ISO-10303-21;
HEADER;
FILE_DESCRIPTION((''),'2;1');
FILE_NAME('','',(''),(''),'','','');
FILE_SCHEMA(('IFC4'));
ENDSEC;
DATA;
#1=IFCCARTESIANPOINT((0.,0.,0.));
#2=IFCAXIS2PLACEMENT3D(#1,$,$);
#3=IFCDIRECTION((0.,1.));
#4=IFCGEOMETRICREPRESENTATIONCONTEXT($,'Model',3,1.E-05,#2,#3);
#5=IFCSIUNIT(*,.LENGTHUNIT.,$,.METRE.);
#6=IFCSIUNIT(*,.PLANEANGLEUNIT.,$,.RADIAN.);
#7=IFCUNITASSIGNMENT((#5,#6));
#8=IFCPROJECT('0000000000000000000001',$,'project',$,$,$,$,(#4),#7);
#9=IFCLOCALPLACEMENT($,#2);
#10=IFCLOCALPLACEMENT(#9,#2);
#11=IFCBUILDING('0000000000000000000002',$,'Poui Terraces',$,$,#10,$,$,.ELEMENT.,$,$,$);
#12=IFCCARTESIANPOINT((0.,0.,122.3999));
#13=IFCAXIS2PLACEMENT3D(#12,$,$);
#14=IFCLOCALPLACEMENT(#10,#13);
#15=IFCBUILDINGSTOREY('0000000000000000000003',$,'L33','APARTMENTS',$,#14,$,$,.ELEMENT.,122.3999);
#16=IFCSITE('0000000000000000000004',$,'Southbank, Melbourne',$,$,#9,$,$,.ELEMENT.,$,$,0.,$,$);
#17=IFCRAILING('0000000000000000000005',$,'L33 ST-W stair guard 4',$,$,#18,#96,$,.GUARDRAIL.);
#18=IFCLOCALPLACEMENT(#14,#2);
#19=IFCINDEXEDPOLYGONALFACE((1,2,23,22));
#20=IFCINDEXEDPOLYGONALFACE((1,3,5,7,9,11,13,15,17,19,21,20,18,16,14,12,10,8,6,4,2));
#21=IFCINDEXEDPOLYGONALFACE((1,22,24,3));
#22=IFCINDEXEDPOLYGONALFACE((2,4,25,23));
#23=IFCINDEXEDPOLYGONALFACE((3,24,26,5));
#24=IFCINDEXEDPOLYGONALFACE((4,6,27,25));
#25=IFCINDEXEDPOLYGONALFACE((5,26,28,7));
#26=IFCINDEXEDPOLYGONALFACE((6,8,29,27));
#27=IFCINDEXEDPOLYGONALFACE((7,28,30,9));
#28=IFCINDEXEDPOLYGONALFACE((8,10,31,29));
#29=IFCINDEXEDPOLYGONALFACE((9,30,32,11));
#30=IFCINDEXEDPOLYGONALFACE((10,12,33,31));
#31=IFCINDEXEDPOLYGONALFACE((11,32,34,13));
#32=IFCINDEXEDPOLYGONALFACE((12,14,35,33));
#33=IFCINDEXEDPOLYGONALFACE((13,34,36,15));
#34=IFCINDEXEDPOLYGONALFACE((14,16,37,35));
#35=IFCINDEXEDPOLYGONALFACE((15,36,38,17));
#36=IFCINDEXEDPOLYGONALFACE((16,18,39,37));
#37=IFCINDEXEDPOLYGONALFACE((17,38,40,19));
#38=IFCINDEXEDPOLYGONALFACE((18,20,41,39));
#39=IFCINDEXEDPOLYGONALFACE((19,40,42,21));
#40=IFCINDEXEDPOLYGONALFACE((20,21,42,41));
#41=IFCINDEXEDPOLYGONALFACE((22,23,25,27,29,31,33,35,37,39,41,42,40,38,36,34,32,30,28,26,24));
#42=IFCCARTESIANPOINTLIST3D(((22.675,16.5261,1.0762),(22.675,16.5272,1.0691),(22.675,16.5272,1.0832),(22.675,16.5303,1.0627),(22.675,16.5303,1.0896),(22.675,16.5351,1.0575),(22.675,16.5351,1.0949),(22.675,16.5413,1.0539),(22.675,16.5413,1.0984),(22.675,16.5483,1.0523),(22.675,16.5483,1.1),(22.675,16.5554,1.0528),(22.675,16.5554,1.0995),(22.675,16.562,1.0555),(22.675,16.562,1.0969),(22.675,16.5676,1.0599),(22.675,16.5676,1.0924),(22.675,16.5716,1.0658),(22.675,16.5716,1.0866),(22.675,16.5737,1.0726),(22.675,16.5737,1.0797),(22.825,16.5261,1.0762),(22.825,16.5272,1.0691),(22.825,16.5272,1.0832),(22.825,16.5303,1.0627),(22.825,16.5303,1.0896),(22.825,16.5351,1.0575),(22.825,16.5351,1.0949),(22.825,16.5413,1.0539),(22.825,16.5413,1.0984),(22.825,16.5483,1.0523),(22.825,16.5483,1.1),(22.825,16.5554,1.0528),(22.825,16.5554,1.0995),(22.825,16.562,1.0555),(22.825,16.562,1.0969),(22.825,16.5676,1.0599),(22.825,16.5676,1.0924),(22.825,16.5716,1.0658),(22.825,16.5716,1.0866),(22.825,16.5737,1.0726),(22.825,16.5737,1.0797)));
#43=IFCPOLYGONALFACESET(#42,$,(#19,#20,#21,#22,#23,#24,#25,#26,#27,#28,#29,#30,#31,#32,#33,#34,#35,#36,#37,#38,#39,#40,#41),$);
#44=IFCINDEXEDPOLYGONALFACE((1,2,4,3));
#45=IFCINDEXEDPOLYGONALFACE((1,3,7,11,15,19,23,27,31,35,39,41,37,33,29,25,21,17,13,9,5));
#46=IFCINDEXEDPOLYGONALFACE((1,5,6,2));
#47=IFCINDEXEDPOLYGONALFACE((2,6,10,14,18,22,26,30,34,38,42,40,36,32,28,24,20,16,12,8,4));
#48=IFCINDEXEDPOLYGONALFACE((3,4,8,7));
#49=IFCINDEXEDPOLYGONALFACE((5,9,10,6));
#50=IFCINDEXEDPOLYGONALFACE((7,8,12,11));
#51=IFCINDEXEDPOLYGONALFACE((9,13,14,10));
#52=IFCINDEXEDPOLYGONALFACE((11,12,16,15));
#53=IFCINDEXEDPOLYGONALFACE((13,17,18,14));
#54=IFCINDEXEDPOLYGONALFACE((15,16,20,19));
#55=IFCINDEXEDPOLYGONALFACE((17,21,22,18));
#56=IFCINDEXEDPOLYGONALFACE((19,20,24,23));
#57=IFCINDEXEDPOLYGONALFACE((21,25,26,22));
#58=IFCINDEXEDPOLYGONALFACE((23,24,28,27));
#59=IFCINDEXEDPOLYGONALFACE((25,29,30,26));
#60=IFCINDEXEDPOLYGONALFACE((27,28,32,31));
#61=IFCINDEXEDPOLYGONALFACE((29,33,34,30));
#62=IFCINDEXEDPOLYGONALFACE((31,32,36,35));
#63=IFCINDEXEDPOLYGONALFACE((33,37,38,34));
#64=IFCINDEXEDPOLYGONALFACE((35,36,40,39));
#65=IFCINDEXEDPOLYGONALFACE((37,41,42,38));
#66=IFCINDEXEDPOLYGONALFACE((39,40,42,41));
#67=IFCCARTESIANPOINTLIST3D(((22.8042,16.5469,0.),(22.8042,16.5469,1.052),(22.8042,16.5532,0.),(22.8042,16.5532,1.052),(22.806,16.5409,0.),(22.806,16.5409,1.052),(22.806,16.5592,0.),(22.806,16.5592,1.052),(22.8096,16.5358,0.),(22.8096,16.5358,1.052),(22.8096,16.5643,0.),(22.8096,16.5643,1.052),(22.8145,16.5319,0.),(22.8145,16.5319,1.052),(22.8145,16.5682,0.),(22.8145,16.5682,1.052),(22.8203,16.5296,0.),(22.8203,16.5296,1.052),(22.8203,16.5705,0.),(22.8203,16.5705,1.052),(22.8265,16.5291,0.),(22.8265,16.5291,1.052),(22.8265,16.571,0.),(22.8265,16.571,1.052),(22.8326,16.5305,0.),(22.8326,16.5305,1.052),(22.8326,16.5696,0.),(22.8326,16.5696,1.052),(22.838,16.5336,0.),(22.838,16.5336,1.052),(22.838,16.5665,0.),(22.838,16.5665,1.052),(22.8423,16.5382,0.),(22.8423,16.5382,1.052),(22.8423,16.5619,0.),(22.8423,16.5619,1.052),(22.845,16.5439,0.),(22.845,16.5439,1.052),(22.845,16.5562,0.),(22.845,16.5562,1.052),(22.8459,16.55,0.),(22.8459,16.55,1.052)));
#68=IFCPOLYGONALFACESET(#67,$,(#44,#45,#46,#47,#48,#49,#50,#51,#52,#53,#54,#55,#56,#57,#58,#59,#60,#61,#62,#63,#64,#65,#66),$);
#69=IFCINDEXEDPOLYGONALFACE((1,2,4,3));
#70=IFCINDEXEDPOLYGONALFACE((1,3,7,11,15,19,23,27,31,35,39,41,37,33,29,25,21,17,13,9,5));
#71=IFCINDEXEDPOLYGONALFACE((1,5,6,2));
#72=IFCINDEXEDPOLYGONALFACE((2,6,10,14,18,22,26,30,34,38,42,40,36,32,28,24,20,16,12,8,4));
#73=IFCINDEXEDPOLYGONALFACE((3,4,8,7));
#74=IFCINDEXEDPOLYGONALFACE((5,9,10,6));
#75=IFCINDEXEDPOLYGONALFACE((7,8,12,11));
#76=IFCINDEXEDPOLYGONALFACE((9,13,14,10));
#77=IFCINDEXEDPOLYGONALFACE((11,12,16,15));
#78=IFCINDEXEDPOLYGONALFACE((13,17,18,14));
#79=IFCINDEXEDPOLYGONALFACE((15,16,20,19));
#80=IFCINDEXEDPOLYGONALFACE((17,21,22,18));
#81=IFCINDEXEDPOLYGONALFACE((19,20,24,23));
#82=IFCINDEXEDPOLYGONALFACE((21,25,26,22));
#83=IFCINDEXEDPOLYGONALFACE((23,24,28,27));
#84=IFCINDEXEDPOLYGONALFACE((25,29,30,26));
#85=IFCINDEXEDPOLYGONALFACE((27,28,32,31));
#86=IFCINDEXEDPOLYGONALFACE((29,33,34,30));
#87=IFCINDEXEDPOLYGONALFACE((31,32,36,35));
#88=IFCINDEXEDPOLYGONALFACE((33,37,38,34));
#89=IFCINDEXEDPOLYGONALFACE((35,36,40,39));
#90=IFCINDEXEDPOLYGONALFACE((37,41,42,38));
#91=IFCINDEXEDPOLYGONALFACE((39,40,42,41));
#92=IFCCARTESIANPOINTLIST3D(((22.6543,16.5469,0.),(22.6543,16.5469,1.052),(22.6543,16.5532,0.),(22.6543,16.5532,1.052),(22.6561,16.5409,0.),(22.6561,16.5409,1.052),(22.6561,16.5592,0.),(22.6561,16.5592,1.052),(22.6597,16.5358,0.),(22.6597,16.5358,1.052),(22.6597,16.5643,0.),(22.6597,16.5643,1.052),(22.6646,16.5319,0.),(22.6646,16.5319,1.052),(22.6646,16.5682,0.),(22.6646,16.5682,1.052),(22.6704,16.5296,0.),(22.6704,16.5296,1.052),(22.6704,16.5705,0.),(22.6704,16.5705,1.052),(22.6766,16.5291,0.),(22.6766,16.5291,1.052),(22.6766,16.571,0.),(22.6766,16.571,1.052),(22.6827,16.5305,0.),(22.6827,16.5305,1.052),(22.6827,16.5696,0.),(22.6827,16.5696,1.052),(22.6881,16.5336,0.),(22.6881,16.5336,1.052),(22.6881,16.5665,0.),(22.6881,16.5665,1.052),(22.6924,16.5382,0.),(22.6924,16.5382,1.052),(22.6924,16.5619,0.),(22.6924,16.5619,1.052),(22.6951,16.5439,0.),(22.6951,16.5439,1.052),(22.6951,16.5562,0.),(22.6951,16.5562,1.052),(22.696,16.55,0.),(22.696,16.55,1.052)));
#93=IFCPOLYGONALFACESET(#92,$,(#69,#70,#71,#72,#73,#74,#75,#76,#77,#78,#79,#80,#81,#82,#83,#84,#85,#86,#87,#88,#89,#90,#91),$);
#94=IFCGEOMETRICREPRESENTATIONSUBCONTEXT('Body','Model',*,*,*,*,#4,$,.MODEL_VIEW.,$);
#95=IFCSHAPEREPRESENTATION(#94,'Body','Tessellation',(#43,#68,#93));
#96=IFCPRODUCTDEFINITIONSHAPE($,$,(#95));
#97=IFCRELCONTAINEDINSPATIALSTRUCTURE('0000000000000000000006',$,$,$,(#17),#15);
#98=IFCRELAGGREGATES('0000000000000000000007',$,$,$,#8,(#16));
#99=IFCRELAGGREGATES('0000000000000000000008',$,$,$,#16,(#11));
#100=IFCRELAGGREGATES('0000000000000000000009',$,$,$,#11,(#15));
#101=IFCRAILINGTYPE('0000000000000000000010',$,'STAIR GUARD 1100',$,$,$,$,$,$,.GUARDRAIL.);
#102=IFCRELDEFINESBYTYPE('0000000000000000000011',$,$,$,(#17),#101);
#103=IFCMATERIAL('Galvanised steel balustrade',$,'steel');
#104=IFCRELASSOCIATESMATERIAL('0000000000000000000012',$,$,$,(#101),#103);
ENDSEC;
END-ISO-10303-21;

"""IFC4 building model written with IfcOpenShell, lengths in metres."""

from ifc_helpers import new_model, si_unit, direction, frame, origin, origin_2d, place, context, subcontext, project, spatial, circle, extrude, material, type_object, element, save


model = new_model("IFC4")

# Units and contexts
model_context = context("Model", 3, precision=1e-05, world=origin(), true_north=direction((0.0, 1.0)))
body_context = subcontext(model_context, "Body", "Model", "MODEL_VIEW")
ifc_project = project(units=[si_unit("LENGTHUNIT", "METRE"), si_unit("PLANEANGLEUNIT", "RADIAN")], contexts=[model_context])

# Site, building, storey
site_placement = place(None, origin())
site = spatial("IfcSite", under=ifc_project, at=site_placement, Name="Southbank, Melbourne", CompositionType="ELEMENT", RefElevation=0.0)
building_placement = place(site_placement, origin())
building = spatial("IfcBuilding", under=site, at=building_placement, Name="Poui Terraces", CompositionType="ELEMENT")
storey_placement = place(building_placement, frame((0.0, 0.0, 122.3999)))
storey = spatial("IfcBuildingStorey", under=building, at=storey_placement, Name="L33", Description="APARTMENTS", CompositionType="ELEMENT", Elevation=122.3999)

# Railing
ifc_material_1 = material(Name="Galvanised steel balustrade", Category="steel")
railing_type_1 = type_object("IfcRailingType", Name="STAIR GUARD 1100", PredefinedType="GUARDRAIL", material=ifc_material_1)
railing_1_placement = place(storey_placement, frame((22.825, 16.55, 0.0)))
element("IfcRailing", 1, at=railing_1_placement, inside=storey, type_object=railing_type_1, Name="L33 ST-W stair guard 4", PredefinedType="GUARDRAIL", context=body_context, shape_type="SweptSolid", body=[
    extrude(circle(Radius=0.0239, at=origin_2d()), frame((0.0, 0.0, 1.0762), z_axis=(-1.0, 0.0, 0.0), x_axis=(0.0, -1.0, 0.0)), (0.0, 0.0, 1.0), 0.1499),
    extrude(circle(Radius=0.021, at=origin_2d()), origin(), (0.0, 0.0, 1.0), 1.052),
    extrude(circle(Radius=0.021, at=origin_2d()), frame((-0.1499, 0.0, 0.0)), (0.0, 0.0, 1.0), 1.052),
])

save(model, "model.ifc")
